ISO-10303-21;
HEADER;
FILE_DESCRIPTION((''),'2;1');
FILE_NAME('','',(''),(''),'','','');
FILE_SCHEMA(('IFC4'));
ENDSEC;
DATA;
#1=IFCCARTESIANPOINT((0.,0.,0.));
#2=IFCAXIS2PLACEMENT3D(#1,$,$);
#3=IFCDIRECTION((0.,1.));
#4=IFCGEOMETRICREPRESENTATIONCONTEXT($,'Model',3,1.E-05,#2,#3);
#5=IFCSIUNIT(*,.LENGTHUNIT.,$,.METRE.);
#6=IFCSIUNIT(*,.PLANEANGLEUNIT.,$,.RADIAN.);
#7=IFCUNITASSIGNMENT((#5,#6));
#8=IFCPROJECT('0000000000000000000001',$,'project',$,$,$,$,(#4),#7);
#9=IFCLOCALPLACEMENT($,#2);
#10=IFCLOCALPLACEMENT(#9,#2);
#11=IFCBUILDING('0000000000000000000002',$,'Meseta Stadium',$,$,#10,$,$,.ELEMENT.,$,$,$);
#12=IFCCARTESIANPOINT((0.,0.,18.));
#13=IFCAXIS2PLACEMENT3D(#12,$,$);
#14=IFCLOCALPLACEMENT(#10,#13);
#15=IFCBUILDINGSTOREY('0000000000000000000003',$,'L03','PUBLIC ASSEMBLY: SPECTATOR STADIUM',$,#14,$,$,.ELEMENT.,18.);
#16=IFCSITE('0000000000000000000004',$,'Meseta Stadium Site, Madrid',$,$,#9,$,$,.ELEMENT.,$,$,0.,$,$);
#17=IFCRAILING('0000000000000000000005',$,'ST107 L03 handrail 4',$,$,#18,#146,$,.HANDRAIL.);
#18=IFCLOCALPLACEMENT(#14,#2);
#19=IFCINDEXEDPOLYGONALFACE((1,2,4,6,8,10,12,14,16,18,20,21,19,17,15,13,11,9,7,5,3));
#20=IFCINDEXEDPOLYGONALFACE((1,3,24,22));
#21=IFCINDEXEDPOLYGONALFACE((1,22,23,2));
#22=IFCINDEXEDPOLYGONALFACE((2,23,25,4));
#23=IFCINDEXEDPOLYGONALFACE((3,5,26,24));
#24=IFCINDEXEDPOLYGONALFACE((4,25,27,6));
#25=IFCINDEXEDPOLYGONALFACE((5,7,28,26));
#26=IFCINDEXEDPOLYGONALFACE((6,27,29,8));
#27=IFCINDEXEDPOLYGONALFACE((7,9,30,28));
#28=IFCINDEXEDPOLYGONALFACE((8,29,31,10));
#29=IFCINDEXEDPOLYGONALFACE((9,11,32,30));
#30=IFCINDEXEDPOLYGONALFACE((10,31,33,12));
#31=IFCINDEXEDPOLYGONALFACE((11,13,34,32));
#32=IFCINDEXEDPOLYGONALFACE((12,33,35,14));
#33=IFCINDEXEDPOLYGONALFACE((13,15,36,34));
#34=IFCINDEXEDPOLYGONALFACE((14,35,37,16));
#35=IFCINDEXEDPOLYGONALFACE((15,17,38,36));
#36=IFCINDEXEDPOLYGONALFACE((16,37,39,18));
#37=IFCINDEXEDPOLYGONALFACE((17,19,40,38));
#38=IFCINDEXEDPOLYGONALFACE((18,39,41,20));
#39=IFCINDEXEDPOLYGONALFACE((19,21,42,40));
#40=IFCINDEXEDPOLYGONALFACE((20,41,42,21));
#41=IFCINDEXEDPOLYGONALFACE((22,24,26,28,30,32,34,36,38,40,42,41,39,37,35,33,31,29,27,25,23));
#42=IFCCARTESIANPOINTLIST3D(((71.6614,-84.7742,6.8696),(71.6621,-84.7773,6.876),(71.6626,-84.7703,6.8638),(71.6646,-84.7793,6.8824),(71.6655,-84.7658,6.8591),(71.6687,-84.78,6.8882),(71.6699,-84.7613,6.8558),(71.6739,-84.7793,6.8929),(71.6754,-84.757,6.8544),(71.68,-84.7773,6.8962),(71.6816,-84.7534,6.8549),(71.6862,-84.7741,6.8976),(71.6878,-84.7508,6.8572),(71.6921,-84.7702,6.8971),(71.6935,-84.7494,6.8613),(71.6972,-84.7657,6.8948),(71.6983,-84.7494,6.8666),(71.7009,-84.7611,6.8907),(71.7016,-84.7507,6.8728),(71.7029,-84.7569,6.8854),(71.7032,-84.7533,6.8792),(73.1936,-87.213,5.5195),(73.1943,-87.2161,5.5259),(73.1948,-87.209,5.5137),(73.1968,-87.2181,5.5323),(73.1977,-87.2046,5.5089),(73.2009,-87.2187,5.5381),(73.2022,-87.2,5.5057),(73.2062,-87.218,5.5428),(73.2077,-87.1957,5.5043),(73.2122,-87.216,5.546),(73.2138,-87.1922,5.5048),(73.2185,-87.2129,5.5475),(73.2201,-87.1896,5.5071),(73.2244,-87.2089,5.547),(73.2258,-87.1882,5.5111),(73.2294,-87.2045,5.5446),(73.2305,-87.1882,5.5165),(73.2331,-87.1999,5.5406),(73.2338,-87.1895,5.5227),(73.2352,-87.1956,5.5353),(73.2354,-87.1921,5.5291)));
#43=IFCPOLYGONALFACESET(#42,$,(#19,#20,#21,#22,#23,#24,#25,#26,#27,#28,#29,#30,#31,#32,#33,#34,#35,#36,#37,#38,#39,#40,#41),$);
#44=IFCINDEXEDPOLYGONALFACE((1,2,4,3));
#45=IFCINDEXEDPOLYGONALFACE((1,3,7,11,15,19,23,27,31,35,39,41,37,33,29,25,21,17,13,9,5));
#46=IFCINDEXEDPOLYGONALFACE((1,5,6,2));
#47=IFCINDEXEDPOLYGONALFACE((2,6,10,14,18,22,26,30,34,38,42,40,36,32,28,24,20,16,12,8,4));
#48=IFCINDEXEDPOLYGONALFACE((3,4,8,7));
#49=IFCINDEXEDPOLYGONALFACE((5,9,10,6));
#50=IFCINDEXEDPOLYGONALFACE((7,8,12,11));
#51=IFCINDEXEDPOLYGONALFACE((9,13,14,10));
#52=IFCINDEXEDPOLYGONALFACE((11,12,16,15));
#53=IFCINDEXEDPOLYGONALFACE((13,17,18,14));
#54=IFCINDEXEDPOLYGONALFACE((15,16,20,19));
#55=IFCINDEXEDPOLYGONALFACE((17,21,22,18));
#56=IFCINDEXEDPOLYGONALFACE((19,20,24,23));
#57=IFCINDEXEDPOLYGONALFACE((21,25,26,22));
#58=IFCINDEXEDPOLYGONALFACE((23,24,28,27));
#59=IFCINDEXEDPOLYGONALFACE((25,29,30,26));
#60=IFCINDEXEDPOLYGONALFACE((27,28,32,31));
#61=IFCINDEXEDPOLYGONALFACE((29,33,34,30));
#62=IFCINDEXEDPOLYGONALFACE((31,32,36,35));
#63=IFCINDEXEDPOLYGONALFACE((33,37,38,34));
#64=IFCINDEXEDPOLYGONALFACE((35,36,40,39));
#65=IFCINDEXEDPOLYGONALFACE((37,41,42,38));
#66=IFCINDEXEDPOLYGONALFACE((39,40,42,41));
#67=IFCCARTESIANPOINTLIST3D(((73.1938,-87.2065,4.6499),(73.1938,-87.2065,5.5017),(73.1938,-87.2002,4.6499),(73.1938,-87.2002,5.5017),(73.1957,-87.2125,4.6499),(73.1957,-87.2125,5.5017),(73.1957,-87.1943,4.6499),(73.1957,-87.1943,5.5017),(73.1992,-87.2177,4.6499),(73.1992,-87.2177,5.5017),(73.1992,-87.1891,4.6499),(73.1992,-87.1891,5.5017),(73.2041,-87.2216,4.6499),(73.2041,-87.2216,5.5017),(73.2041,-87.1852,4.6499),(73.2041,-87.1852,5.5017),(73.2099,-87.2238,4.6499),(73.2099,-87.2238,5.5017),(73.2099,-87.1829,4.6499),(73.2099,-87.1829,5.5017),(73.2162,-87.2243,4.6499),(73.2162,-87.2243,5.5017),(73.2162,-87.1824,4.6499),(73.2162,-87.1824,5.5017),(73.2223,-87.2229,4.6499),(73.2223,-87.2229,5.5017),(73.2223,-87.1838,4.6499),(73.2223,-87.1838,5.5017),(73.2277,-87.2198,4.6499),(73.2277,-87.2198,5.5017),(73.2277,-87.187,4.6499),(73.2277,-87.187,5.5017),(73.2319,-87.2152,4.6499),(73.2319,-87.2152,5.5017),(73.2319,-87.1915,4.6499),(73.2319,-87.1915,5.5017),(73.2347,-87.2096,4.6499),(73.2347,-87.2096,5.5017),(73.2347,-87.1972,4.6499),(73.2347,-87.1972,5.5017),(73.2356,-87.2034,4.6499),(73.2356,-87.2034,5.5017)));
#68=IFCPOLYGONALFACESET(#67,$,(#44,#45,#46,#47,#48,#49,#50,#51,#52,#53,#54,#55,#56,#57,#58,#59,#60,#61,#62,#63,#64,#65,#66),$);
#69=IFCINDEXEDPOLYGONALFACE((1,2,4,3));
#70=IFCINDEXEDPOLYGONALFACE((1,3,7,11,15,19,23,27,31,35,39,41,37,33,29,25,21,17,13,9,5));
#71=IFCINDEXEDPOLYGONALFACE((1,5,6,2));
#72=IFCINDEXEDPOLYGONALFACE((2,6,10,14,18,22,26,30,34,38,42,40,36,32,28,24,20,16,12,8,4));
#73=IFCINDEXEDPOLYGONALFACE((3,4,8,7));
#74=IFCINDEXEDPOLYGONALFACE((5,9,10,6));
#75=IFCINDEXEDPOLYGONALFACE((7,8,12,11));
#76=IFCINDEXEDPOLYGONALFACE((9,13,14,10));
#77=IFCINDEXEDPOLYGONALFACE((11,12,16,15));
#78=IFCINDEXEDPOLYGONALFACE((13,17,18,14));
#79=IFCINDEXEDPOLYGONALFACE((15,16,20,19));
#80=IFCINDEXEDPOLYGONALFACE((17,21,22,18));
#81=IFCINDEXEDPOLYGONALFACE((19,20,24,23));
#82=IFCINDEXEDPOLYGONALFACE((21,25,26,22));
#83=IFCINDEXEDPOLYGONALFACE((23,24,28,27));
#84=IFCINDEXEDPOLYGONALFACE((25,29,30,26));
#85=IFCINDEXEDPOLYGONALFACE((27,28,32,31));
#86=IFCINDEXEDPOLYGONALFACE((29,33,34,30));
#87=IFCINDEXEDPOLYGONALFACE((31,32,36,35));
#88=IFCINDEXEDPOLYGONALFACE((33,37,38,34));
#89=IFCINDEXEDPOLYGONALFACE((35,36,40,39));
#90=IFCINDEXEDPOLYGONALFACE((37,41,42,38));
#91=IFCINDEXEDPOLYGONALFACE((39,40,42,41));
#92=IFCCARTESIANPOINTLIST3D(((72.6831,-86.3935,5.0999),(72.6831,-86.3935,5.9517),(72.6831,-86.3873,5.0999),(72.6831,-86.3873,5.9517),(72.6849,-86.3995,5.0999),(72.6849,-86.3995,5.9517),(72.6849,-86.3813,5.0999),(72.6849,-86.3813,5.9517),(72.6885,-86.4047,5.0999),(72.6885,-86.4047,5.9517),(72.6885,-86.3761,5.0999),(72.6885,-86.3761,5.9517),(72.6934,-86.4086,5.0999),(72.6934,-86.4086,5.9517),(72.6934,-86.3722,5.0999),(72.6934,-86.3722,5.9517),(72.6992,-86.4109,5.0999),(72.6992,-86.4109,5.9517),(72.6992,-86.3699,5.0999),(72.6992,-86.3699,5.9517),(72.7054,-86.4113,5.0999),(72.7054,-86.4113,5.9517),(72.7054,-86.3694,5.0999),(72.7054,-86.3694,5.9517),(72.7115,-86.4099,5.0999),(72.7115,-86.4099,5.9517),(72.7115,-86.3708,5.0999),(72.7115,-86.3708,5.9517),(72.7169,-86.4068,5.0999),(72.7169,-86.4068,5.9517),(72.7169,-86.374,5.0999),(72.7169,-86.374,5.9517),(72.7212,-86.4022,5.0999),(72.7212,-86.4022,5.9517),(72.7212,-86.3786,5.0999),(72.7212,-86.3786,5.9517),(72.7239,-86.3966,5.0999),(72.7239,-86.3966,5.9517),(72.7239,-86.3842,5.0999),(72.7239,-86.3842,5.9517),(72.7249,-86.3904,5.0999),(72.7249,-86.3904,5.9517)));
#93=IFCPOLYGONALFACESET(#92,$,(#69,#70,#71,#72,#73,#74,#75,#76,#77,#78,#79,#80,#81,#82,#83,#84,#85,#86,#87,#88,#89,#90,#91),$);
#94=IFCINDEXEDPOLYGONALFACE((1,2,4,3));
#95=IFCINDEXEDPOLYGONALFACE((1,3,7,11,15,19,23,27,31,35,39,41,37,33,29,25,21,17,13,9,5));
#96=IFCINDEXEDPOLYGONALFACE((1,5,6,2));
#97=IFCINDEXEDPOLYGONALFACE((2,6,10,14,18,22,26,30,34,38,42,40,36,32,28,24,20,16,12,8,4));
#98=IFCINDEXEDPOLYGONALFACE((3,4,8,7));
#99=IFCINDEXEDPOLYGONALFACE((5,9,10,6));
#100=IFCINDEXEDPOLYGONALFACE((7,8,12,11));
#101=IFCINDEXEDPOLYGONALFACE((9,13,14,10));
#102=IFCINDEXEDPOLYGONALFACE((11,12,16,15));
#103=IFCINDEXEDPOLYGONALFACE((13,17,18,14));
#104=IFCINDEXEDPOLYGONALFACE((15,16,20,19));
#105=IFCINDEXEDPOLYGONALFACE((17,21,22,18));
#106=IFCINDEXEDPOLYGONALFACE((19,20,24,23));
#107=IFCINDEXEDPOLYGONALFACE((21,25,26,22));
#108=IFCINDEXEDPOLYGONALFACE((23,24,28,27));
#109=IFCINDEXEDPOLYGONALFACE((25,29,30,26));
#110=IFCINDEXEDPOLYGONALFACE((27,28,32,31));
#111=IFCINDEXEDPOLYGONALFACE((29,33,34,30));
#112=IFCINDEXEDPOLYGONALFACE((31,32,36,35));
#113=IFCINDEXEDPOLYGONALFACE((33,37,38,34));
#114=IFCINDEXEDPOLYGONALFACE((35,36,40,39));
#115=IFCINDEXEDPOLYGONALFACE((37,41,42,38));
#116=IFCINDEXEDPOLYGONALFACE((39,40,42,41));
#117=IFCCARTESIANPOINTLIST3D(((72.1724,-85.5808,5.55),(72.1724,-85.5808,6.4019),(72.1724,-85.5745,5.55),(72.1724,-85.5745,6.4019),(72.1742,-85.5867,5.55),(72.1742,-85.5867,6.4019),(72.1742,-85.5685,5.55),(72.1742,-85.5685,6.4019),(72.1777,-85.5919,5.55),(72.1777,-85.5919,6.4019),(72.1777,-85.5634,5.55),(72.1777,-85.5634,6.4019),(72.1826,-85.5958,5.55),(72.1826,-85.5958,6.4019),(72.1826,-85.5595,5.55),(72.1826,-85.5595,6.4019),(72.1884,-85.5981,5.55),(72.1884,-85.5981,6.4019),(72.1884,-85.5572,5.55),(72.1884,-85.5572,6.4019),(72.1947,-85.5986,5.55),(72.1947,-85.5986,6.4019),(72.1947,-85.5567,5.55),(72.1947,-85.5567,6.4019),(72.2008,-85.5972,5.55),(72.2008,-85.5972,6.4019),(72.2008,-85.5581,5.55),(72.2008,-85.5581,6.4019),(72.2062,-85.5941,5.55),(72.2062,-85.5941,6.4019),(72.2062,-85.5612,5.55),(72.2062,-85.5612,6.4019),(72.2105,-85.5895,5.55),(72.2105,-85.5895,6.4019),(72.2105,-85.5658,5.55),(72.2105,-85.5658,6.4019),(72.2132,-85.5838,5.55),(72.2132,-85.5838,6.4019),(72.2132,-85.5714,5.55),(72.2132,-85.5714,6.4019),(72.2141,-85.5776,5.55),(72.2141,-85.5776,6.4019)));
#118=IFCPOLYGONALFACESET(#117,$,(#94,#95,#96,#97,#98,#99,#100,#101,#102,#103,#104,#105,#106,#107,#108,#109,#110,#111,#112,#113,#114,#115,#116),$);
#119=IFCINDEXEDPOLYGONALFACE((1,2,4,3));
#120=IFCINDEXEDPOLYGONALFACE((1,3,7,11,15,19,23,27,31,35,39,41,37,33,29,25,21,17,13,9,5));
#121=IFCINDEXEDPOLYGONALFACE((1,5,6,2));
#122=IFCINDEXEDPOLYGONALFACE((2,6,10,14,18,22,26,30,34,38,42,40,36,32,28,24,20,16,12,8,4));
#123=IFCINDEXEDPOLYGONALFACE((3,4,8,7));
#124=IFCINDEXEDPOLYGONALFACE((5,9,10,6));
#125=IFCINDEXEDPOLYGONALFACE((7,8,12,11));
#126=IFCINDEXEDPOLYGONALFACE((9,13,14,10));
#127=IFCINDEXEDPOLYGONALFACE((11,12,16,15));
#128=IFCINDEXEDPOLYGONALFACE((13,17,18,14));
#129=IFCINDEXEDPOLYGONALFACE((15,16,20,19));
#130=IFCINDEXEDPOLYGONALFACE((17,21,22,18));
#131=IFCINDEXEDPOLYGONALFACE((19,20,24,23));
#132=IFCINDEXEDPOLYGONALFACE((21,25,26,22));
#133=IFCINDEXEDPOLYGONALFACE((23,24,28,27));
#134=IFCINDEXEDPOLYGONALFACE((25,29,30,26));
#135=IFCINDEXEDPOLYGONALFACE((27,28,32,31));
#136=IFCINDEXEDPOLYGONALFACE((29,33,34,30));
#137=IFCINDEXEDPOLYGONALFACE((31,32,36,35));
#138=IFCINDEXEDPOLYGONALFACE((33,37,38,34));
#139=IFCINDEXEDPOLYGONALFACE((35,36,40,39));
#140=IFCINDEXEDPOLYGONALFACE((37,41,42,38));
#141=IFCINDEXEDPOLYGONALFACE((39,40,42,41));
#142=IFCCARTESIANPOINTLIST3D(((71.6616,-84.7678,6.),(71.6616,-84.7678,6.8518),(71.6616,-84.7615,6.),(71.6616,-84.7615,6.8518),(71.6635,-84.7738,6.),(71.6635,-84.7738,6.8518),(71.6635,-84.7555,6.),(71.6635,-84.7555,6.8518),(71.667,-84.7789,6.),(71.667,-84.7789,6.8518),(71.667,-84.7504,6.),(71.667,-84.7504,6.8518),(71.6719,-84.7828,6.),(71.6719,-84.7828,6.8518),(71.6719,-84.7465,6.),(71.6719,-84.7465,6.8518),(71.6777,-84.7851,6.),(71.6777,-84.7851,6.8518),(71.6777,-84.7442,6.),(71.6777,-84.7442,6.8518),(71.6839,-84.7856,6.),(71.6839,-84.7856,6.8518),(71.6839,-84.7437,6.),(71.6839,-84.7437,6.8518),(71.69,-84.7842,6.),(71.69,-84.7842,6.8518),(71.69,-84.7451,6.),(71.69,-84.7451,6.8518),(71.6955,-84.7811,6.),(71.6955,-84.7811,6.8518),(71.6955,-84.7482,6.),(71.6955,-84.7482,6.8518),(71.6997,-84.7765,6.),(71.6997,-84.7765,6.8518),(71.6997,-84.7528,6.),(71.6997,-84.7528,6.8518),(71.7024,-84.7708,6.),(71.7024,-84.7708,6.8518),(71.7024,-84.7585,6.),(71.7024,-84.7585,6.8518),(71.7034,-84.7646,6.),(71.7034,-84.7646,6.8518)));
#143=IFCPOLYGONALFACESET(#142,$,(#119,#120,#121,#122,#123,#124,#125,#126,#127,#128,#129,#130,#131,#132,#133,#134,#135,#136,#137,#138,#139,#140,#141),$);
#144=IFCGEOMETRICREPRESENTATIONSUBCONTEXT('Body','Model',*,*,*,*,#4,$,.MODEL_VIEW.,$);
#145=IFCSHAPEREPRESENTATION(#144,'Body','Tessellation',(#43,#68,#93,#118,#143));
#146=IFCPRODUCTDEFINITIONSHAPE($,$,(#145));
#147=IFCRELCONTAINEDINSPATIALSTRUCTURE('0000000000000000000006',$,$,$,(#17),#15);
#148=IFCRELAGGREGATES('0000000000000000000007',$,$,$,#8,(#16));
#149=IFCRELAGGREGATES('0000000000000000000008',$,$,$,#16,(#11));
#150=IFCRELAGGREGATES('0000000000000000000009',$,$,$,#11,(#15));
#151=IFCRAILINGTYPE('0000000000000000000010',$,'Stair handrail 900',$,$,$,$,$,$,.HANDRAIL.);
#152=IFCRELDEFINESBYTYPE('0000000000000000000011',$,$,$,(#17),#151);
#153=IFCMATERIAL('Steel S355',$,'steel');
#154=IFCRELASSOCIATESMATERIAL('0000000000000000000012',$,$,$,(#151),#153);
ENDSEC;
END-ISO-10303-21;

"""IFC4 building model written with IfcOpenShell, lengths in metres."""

from ifc_helpers import new_model, si_unit, direction, frame, origin, origin_2d, place, context, subcontext, project, spatial, circle, extrude, material, type_object, element, save


model = new_model("IFC4")

# Units and contexts
model_context = context("Model", 3, precision=1e-05, world=origin(), true_north=direction((0.0, 1.0)))
body_context = subcontext(model_context, "Body", "Model", "MODEL_VIEW")
ifc_project = project(units=[si_unit("LENGTHUNIT", "METRE"), si_unit("PLANEANGLEUNIT", "RADIAN")], contexts=[model_context])

# Site, building, storey
site_placement = place(None, origin())
site = spatial("IfcSite", under=ifc_project, at=site_placement, Name="Meseta Stadium Site, Madrid", CompositionType="ELEMENT", RefElevation=0.0)
building_placement = place(site_placement, origin())
building = spatial("IfcBuilding", under=site, at=building_placement, Name="Meseta Stadium", CompositionType="ELEMENT")
storey_placement = place(building_placement, frame((0.0, 0.0, 18.0)))
storey = spatial("IfcBuildingStorey", under=building, at=storey_placement, Name="L03", Description="PUBLIC ASSEMBLY: SPECTATOR STADIUM", CompositionType="ELEMENT", Elevation=18.0)

# Railing
ifc_material_1 = material(Name="Steel S355", Category="steel")
railing_type_1 = type_object("IfcRailingType", Name="Stair handrail 900", PredefinedType="HANDRAIL", material=ifc_material_1)
railing_1_placement = place(storey_placement, frame((73.2146, -87.2034, 4.6499)))
element("IfcRailing", 1, at=railing_1_placement, inside=storey, type_object=railing_type_1, Name="ST107 L03 handrail 4", PredefinedType="HANDRAIL", context=body_context, shape_type="SweptSolid", body=[
    extrude(circle(Radius=0.0239, at=origin_2d()), frame((0.0, 0.0, 0.876), z_axis=(-0.481703, 0.766687, 0.424445), x_axis=(-0.846743, -0.532001, 0.0)), (0.0, 0.0, 1.0), 3.1809),
    extrude(circle(Radius=0.021, at=origin_2d()), origin(), (0.0, 0.0, 1.0), 0.8518),
    extrude(circle(Radius=0.021, at=origin_2d()), frame((-0.5107, 0.813, 0.45)), (0.0, 0.0, 1.0), 0.8518),
    extrude(circle(Radius=0.021, at=origin_2d()), frame((-1.0215, 1.6257, 0.9001)), (0.0, 0.0, 1.0), 0.8518),
    extrude(circle(Radius=0.021, at=origin_2d()), frame((-1.5322, 2.4387, 1.3501)), (0.0, 0.0, 1.0), 0.8518),
])

save(model, "model.ifc")
